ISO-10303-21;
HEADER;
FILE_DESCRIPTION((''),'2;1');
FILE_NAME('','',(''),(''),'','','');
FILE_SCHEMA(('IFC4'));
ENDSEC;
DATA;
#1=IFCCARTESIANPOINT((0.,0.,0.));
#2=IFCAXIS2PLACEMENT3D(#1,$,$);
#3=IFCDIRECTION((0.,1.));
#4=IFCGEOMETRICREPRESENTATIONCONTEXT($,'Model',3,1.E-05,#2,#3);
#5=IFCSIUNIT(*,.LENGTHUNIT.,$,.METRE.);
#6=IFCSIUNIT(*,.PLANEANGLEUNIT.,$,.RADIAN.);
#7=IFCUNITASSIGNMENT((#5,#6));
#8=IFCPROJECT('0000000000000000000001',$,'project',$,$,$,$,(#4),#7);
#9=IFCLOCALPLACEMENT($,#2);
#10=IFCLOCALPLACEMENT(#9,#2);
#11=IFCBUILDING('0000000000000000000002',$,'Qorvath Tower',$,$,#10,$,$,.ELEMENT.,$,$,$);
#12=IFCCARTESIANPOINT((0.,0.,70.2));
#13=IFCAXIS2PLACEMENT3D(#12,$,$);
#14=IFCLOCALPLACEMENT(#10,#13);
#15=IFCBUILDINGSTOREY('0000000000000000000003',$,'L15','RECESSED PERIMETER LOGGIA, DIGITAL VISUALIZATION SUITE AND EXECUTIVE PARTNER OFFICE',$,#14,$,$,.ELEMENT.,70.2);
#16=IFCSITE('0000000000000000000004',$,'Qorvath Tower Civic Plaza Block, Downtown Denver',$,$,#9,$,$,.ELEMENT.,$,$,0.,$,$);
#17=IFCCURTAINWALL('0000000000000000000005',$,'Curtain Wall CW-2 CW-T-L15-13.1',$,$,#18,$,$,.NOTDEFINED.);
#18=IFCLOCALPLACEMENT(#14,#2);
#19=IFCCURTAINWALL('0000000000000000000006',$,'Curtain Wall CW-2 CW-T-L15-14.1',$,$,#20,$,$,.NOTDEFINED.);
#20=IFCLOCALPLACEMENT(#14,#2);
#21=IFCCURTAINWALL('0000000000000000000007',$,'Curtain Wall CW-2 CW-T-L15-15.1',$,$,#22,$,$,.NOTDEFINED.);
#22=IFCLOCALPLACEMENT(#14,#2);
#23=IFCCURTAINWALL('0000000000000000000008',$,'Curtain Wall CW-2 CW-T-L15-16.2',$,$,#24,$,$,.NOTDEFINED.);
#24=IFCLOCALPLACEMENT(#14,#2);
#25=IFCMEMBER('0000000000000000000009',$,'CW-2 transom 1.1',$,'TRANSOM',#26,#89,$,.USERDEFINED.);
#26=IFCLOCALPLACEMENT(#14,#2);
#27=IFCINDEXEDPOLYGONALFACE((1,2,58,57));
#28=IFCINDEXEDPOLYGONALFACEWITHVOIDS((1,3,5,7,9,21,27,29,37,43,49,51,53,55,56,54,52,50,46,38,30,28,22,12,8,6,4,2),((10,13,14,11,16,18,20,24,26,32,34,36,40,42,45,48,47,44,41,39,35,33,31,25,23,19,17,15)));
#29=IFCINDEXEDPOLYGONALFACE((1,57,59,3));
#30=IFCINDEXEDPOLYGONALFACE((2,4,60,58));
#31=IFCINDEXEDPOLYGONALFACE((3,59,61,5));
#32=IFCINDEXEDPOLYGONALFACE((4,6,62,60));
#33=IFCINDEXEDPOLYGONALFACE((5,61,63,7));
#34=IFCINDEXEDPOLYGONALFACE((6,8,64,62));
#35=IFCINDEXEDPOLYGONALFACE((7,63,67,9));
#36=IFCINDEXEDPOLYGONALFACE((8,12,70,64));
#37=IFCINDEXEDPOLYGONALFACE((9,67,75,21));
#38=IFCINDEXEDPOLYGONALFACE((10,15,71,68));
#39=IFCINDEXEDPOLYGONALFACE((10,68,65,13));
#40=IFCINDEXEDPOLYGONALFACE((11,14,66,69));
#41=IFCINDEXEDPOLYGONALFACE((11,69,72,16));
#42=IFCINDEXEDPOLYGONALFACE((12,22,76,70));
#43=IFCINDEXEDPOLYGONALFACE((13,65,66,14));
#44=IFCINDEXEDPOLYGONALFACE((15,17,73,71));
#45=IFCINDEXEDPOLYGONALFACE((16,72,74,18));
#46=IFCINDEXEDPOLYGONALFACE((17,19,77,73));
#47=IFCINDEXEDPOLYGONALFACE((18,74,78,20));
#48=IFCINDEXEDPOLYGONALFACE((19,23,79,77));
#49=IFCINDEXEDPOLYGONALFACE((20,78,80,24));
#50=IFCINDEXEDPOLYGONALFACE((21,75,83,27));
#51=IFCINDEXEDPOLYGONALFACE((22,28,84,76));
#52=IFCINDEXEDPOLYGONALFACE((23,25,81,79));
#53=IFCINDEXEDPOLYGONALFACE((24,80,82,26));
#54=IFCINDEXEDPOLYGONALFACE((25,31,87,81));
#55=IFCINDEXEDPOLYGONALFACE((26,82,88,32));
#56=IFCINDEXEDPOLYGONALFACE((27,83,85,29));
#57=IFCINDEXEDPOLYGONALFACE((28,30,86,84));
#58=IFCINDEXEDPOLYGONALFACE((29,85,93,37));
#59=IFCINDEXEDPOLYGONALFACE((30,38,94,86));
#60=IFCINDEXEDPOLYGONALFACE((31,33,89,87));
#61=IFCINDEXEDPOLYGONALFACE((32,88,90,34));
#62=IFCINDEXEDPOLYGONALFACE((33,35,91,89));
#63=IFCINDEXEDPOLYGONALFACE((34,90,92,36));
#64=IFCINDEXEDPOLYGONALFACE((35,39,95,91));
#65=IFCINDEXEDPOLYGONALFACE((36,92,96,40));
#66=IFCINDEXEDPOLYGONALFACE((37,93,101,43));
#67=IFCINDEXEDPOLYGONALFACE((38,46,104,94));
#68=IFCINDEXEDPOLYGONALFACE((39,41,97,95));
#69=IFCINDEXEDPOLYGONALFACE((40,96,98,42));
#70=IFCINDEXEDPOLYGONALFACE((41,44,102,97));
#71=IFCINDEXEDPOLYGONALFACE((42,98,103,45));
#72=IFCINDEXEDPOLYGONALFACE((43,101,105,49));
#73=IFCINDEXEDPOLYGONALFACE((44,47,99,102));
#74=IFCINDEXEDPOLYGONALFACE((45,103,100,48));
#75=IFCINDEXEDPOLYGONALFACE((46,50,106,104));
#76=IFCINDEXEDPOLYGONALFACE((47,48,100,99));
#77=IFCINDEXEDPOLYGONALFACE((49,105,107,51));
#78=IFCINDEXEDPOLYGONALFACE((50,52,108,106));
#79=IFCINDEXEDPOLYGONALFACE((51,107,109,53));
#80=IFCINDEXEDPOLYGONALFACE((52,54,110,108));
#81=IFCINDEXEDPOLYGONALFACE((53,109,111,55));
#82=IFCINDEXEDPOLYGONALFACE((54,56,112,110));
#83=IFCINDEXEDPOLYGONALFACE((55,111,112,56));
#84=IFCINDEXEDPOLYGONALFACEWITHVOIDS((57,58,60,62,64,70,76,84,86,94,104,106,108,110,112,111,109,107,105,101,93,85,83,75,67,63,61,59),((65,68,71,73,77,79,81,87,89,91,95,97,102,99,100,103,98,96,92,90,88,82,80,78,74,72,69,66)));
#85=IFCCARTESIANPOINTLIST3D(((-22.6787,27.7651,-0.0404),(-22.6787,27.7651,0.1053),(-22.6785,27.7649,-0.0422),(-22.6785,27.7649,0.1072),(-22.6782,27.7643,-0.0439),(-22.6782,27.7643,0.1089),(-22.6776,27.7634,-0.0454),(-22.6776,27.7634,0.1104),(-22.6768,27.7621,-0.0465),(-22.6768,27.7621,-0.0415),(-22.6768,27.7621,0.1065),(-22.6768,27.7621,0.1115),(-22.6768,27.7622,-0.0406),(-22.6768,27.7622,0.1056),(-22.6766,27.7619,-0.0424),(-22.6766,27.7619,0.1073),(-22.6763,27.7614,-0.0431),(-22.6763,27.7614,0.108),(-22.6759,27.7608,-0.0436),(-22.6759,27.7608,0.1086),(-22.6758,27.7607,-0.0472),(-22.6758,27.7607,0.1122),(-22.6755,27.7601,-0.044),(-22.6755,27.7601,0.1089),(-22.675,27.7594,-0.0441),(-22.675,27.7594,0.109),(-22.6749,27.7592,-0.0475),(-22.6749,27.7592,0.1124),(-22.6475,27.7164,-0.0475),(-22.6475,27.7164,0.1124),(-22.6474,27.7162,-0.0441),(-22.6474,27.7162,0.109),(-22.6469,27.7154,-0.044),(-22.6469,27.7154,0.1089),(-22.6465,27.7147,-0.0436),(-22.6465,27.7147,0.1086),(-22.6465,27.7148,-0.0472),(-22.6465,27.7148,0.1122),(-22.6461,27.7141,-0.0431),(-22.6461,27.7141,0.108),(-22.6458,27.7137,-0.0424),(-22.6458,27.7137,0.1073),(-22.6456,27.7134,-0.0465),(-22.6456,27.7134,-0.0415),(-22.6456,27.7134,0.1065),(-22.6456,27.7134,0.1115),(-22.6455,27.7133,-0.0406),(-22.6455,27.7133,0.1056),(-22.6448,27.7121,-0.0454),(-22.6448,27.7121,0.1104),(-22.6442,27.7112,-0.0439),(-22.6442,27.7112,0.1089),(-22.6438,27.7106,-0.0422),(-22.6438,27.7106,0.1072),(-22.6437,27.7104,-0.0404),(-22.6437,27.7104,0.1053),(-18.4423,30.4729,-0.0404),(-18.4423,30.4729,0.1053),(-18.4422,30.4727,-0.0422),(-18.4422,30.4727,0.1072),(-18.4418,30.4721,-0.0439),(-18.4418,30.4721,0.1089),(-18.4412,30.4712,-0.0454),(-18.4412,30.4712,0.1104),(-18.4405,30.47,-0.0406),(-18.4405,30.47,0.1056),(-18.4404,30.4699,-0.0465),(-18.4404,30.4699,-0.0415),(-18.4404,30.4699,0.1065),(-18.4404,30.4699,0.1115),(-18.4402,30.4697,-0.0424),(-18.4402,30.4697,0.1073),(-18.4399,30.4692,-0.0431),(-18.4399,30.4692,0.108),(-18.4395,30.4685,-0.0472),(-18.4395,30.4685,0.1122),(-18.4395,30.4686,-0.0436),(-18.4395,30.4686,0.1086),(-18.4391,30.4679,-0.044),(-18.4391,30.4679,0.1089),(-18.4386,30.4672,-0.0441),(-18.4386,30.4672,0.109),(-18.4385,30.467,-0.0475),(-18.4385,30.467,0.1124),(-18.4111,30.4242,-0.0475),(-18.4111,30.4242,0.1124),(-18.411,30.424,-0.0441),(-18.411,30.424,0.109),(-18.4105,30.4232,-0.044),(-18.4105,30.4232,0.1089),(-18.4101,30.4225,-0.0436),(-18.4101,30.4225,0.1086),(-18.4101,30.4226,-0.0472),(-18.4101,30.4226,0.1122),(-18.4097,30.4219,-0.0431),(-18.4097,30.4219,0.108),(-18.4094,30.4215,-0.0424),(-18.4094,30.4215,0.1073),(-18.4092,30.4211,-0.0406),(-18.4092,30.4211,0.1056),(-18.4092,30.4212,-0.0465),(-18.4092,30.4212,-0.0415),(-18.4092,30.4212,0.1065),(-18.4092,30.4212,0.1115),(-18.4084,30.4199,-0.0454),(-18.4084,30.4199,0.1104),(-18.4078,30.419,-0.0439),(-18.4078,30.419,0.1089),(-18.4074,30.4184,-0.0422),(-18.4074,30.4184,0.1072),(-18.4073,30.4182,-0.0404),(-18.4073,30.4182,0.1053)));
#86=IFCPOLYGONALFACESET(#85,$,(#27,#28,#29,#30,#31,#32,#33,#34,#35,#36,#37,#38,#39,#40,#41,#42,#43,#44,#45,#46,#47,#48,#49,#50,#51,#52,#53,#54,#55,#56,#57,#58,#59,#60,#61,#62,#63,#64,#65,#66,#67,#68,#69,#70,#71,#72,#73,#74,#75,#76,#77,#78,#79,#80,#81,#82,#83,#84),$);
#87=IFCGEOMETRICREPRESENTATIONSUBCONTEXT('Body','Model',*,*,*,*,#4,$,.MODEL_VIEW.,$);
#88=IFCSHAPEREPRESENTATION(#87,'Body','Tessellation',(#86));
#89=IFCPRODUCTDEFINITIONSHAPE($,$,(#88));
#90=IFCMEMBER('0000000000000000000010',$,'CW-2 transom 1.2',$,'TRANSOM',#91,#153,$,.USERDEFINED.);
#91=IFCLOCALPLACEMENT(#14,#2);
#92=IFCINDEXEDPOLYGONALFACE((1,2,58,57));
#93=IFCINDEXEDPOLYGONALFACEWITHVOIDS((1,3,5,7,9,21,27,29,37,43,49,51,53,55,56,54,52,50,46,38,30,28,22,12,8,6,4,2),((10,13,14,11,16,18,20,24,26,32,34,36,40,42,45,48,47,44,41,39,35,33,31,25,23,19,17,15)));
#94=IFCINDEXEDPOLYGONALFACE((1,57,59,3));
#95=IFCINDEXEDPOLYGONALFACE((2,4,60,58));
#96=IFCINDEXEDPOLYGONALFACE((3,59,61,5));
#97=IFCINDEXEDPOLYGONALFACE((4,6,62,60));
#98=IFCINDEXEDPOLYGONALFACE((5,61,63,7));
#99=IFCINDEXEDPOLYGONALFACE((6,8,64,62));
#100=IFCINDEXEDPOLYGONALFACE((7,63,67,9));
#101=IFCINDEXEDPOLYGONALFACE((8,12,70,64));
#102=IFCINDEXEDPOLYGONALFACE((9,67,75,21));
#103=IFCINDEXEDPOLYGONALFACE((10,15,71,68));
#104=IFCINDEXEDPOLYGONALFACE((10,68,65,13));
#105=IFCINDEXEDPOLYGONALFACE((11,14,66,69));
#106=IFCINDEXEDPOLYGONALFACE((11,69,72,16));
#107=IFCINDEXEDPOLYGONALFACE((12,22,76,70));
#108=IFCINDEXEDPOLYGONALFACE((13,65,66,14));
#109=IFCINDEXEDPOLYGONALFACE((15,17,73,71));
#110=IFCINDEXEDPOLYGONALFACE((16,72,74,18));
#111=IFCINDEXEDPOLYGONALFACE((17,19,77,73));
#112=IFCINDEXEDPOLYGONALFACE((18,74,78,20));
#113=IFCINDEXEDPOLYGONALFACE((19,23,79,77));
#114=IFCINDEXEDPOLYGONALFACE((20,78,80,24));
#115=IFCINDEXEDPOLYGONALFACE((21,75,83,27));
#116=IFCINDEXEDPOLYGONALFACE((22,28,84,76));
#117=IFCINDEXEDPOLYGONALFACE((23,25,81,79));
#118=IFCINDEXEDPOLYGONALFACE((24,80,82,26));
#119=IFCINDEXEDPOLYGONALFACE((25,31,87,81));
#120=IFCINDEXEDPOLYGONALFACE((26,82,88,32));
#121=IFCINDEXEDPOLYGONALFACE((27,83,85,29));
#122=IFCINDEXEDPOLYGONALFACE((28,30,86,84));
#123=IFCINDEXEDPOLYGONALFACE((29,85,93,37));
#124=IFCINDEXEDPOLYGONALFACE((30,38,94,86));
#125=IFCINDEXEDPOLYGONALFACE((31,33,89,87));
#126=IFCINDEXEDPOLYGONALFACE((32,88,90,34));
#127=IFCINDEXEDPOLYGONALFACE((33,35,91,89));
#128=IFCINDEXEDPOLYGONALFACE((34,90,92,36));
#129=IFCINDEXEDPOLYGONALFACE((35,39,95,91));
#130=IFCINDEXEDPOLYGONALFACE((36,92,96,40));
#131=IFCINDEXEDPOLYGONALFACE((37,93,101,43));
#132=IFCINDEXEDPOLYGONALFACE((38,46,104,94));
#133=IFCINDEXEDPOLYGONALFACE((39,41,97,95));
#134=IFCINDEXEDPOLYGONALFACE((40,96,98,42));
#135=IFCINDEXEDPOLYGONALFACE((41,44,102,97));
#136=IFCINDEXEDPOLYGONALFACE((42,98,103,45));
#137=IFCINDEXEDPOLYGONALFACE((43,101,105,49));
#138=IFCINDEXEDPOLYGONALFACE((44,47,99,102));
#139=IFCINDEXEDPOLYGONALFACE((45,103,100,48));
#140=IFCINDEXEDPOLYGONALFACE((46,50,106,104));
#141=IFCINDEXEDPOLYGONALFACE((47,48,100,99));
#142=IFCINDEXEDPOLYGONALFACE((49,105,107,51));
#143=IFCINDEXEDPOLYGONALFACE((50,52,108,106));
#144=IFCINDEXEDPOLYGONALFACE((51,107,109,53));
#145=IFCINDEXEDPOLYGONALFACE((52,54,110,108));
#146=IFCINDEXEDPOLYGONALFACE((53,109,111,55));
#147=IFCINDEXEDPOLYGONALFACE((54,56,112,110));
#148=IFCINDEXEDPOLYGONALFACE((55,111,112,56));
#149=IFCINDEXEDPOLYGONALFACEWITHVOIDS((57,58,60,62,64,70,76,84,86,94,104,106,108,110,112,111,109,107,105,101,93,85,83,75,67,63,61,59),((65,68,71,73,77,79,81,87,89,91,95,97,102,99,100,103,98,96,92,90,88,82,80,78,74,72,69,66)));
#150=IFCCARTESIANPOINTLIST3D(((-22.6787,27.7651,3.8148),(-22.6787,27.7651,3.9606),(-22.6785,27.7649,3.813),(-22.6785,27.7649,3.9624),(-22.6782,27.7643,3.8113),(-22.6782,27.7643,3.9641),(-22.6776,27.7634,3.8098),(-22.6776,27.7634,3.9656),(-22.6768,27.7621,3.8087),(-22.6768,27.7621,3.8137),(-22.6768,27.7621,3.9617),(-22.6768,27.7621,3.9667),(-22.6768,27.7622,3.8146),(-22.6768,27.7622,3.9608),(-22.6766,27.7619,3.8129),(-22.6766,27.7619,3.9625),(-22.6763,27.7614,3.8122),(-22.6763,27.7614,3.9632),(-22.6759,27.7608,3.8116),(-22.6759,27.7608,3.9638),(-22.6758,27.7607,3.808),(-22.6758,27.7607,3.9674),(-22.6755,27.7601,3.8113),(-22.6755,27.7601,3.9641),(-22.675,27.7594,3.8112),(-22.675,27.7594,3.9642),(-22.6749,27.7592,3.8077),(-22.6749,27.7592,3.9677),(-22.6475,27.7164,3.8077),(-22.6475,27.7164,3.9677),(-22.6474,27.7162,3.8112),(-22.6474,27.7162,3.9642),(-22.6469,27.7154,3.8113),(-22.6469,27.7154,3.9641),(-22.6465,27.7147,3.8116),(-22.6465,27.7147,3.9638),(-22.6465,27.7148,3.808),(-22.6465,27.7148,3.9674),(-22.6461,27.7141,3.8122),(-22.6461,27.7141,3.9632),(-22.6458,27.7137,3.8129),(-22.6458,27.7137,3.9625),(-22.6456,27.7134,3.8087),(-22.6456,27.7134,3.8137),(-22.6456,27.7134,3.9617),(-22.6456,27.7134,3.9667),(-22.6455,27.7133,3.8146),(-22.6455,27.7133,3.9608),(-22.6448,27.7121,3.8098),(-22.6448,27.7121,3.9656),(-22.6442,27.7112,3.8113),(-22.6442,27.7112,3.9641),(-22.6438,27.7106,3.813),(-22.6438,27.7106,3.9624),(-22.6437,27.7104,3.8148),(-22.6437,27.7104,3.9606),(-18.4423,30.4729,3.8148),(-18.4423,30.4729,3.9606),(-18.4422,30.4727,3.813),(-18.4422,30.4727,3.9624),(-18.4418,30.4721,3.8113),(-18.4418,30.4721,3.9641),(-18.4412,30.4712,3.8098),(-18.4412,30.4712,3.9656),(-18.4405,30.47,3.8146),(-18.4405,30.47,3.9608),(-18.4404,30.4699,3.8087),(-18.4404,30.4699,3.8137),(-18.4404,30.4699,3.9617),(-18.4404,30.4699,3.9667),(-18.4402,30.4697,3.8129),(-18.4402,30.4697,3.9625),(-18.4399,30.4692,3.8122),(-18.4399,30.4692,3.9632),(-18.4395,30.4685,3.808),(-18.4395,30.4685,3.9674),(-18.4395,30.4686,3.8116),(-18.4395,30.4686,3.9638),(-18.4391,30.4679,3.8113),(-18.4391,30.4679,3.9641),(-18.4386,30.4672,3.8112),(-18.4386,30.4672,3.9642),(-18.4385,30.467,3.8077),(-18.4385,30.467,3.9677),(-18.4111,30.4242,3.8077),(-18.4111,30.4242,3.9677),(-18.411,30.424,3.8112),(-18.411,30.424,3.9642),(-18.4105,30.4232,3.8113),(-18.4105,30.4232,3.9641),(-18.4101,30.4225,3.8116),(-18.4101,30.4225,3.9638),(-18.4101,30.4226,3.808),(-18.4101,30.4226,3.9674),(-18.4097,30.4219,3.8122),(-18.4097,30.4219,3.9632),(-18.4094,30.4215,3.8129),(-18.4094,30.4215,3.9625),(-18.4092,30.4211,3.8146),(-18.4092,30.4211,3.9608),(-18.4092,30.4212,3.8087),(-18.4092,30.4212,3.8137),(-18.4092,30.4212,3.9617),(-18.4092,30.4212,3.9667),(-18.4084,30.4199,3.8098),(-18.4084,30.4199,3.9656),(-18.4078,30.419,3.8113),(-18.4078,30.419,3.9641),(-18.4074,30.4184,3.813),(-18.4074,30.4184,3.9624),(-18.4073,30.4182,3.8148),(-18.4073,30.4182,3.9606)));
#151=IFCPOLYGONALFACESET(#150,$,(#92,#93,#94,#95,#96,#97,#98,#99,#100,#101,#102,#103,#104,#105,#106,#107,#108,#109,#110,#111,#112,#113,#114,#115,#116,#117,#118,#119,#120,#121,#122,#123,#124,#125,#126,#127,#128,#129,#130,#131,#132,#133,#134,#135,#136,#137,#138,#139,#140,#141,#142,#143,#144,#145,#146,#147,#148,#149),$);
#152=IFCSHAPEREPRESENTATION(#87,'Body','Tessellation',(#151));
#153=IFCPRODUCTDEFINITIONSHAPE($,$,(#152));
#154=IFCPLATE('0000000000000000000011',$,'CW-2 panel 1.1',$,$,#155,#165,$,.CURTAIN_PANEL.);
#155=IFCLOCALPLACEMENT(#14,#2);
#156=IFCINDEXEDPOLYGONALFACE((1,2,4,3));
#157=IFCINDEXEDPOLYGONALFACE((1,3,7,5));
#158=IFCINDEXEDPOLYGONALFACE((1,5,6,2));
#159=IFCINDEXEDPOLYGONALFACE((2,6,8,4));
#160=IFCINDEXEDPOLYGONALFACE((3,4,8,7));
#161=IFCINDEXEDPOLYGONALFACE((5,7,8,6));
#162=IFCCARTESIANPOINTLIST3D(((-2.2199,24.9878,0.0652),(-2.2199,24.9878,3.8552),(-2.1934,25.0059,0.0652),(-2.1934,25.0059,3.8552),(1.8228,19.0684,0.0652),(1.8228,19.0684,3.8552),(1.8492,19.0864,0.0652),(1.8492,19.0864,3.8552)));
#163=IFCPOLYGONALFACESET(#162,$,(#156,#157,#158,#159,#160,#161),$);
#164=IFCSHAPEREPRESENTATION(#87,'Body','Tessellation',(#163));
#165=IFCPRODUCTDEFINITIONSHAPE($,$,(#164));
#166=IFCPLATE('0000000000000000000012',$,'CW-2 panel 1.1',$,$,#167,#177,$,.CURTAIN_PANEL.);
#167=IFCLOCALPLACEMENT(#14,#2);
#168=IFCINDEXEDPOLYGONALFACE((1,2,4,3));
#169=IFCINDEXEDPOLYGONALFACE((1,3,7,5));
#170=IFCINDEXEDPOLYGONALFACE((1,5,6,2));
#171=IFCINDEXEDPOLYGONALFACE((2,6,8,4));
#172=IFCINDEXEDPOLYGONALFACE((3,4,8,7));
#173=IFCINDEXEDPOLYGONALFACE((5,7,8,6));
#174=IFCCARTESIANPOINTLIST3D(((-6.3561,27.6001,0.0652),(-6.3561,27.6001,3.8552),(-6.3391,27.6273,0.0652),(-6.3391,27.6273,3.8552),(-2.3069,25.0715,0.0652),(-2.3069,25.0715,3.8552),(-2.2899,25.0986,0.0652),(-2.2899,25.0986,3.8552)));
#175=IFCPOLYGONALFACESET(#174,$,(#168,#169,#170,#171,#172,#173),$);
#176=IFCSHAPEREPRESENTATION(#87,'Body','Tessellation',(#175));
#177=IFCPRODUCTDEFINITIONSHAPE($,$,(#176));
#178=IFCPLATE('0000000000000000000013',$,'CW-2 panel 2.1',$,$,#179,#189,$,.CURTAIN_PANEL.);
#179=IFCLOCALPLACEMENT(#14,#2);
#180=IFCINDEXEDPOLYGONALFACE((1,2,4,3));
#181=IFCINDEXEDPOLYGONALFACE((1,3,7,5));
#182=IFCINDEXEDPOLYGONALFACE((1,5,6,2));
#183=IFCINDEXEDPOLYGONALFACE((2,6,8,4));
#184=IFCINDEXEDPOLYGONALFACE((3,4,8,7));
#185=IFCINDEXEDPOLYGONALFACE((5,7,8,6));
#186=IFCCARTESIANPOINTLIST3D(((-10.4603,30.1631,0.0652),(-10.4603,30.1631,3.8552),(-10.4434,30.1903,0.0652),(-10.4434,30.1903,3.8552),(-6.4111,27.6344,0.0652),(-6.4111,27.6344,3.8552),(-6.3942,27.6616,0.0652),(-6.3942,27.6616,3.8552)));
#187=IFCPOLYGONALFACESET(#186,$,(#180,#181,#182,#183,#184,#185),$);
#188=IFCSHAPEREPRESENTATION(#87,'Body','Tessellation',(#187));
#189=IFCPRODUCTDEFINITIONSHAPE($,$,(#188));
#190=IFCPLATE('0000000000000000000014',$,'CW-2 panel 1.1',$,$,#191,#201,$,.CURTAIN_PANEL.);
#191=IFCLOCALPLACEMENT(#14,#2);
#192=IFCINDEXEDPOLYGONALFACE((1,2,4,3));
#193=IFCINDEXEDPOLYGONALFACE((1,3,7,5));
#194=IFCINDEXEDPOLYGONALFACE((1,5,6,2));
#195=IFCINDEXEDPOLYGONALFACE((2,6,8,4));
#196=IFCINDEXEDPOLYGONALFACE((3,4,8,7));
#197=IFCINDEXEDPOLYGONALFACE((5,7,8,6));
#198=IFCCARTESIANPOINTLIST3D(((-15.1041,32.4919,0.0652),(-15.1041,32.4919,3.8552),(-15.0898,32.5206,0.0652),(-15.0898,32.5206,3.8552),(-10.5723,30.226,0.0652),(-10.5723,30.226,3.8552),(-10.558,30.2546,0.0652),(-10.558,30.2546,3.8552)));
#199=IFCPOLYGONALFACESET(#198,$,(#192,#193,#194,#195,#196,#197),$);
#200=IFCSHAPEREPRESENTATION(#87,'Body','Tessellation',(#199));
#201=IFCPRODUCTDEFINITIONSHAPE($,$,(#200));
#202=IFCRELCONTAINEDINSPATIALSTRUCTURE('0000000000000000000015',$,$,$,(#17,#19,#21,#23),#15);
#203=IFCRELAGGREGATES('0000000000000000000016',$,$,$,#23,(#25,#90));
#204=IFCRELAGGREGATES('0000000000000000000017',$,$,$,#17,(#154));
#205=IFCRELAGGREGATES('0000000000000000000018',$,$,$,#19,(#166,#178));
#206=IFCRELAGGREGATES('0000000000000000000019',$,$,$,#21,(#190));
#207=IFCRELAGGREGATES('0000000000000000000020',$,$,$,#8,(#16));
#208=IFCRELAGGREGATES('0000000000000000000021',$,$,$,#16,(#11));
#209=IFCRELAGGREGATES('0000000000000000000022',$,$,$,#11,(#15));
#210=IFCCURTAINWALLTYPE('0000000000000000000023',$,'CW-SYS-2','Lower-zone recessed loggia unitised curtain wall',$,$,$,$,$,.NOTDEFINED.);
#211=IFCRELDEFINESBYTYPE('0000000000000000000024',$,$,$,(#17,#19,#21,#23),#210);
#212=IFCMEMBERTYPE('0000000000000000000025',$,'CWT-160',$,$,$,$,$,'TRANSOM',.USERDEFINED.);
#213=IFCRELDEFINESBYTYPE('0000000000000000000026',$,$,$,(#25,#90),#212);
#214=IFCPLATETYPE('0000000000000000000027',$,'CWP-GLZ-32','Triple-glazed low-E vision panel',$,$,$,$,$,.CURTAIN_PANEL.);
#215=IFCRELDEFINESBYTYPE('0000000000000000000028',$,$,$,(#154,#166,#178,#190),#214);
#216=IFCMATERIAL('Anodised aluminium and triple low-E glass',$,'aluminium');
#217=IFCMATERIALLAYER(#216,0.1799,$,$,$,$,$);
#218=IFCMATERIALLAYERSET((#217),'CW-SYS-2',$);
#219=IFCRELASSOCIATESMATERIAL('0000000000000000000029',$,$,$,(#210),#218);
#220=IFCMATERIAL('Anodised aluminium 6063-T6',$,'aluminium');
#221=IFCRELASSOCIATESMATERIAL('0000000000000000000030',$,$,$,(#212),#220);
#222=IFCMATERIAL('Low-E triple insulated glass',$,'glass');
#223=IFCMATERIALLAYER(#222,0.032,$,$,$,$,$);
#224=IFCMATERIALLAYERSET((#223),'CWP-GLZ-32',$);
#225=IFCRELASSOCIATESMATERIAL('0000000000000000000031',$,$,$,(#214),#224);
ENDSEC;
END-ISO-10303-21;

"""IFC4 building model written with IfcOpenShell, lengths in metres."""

from ifc_helpers import new_model, si_unit, direction, frame, origin, origin_2d, place, context, subcontext, project, spatial, rectangle, hollow_rectangle, extrude, material, layer, layer_set, material_profile, profile_set, type_object, element, aggregate, save


model = new_model("IFC4")

# Units and contexts
model_context = context("Model", 3, precision=1e-05, world=origin(), true_north=direction((0.0, 1.0)))
body_context = subcontext(model_context, "Body", "Model", "MODEL_VIEW")
ifc_project = project(units=[si_unit("LENGTHUNIT", "METRE"), si_unit("PLANEANGLEUNIT", "RADIAN")], contexts=[model_context])

# Site, building, storey
site_placement = place(None, origin())
site = spatial("IfcSite", under=ifc_project, at=site_placement, Name="Qorvath Tower Civic Plaza Block, Downtown Denver", CompositionType="ELEMENT", RefElevation=0.0)
building_placement = place(site_placement, origin())
building = spatial("IfcBuilding", under=site, at=building_placement, Name="Qorvath Tower", CompositionType="ELEMENT")
storey_placement = place(building_placement, frame((0.0, 0.0, 70.2)))
storey = spatial("IfcBuildingStorey", under=building, at=storey_placement, Name="L15", Description="RECESSED PERIMETER LOGGIA, DIGITAL VISUALIZATION SUITE AND EXECUTIVE PARTNER OFFICE", CompositionType="ELEMENT", Elevation=70.2)

# Curtain wall
ifc_material_1 = material(Name="Anodised aluminium and triple low-E glass", Category="aluminium")
ifc_layer_1 = layer(ifc_material_1, 0.1799)
ifc_layer_set_1 = layer_set([ifc_layer_1], Name="CW-SYS-2")
curtain_wall_type = type_object("IfcCurtainWallType", Name="CW-SYS-2", Description="Lower-zone recessed loggia unitised curtain wall", PredefinedType="NOTDEFINED", material=ifc_layer_set_1)
curtain_wall_1_placement = place(storey_placement, origin())
curtain_wall_1 = element("IfcCurtainWall", 1, at=curtain_wall_1_placement, inside=storey, type_object=curtain_wall_type, Name="Curtain Wall CW-2 CW-T-L15-13.1", PredefinedType="NOTDEFINED")

# Curtain walls
curtain_wall_2_placement = place(storey_placement, origin())
curtain_wall_2 = element("IfcCurtainWall", 2, at=curtain_wall_2_placement, inside=storey, type_object=curtain_wall_type, Name="Curtain Wall CW-2 CW-T-L15-14.1", PredefinedType="NOTDEFINED")
curtain_wall_3_placement = place(storey_placement, origin())
curtain_wall_3 = element("IfcCurtainWall", 3, at=curtain_wall_3_placement, inside=storey, type_object=curtain_wall_type, Name="Curtain Wall CW-2 CW-T-L15-15.1", PredefinedType="NOTDEFINED")

# Curtain wall
curtain_wall_4_placement = place(storey_placement, origin())
curtain_wall_4 = element("IfcCurtainWall", 4, at=curtain_wall_4_placement, inside=storey, type_object=curtain_wall_type, Name="Curtain Wall CW-2 CW-T-L15-16.2", PredefinedType="NOTDEFINED")

# Members
ifc_material_2 = material(Name="Anodised aluminium 6063-T6", Category="aluminium")
ifc_material_profile_1 = material_profile(ifc_material_2, hollow_rectangle(XDim=0.0649, YDim=0.1599, WallThickness=0.0034, InnerFilletRadius=0.0034, OuterFilletRadius=0.0071, at=origin_2d()), Name="CWT 160x65")
ifc_profile_set_1 = profile_set([ifc_material_profile_1], Name="Anodised aluminium 6063-T6")
member_type_1 = type_object("IfcMemberType", Name="CWT-160", ElementType="TRANSOM", PredefinedType="USERDEFINED", material=ifc_profile_set_1)
member_1_placement = place(storey_placement, frame((-18.4248, 30.4456, 0.0325), z_axis=(-0.842586, -0.538562, 0.0), x_axis=(0.538562, -0.842586, 0.0)))
member_1 = element("IfcMember", 5, at=member_1_placement, type_object=member_type_1, Name="CW-2 transom 1.1", ObjectType="TRANSOM", PredefinedType="USERDEFINED", context=body_context, shape_type="SweptSolid", body=[
    extrude(hollow_rectangle(XDim=0.0649, YDim=0.1599, WallThickness=0.0034, InnerFilletRadius=0.0034, OuterFilletRadius=0.0071, at=origin_2d()), origin(), (0.0, 0.0, 1.0), 5.0278),
])
member_2_placement = place(storey_placement, frame((-18.4248, 30.4456, 3.8877), z_axis=(-0.842586, -0.538562, 0.0), x_axis=(0.538562, -0.842586, 0.0)))
member_2 = element("IfcMember", 6, at=member_2_placement, type_object=member_type_1, Name="CW-2 transom 1.2", ObjectType="TRANSOM", PredefinedType="USERDEFINED", context=body_context, shape_type="SweptSolid", body=[
    extrude(hollow_rectangle(XDim=0.0649, YDim=0.1599, WallThickness=0.0034, InnerFilletRadius=0.0034, OuterFilletRadius=0.0071, at=origin_2d()), origin(), (0.0, 0.0, 1.0), 5.0278),
])
aggregate(curtain_wall_4, [member_1, member_2])

# Plates
ifc_material_3 = material(Name="Low-E triple insulated glass", Category="glass")
ifc_layer_2 = layer(ifc_material_3, 0.032)
ifc_layer_set_2 = layer_set([ifc_layer_2], Name="CWP-GLZ-32")
plate_type = type_object("IfcPlateType", Name="CWP-GLZ-32", Description="Triple-glazed low-E vision panel", PredefinedType="CURTAIN_PANEL", material=ifc_layer_set_2)
plate_1_placement = place(storey_placement, frame((-0.1853, 22.0371, 0.0652), z_axis=(0.0, 0.0, 1.0), x_axis=(-0.563974, 0.825792, 0.0)))
plate_1 = element("IfcPlate", 7, at=plate_1_placement, type_object=plate_type, Name="CW-2 panel 1.1", PredefinedType="CURTAIN_PANEL", context=body_context, shape_type="SweptSolid", body=[
    extrude(rectangle(XDim=7.1682, YDim=0.032, at=origin_2d()), origin(), (0.0, 0.0, 1.0), 3.79),
])
aggregate(curtain_wall_1, [plate_1])
plate_2_placement = place(storey_placement, frame((-4.323, 26.3494, 0.0652), z_axis=(0.0, 0.0, 1.0), x_axis=(-0.848194, 0.529686, 0.0)))
plate_2 = element("IfcPlate", 8, at=plate_2_placement, type_object=plate_type, Name="CW-2 panel 1.1", PredefinedType="CURTAIN_PANEL", context=body_context, shape_type="SweptSolid", body=[
    extrude(rectangle(XDim=4.7739, YDim=0.032, at=origin_2d()), origin(), (0.0, 0.0, 1.0), 3.79),
])
plate_3_placement = place(storey_placement, frame((-8.4272, 28.9124, 0.0652), z_axis=(0.0, 0.0, 1.0), x_axis=(-0.848194, 0.529686, 0.0)))
plate_3 = element("IfcPlate", 9, at=plate_3_placement, type_object=plate_type, Name="CW-2 panel 2.1", PredefinedType="CURTAIN_PANEL", context=body_context, shape_type="SweptSolid", body=[
    extrude(rectangle(XDim=4.7739, YDim=0.032, at=origin_2d()), origin(), (0.0, 0.0, 1.0), 3.79),
])
aggregate(curtain_wall_2, [plate_2, plate_3])
plate_4_placement = place(storey_placement, frame((-12.8311, 31.3733, 0.0652), z_axis=(0.0, 0.0, 1.0), x_axis=(-0.894423, 0.447221, 0.0)))
plate_4 = element("IfcPlate", 10, at=plate_4_placement, type_object=plate_type, Name="CW-2 panel 1.1", PredefinedType="CURTAIN_PANEL", context=body_context, shape_type="SweptSolid", body=[
    extrude(rectangle(XDim=5.0667, YDim=0.032, at=origin_2d()), origin(), (0.0, 0.0, 1.0), 3.79),
])
aggregate(curtain_wall_3, [plate_4])

save(model, "model.ifc")
